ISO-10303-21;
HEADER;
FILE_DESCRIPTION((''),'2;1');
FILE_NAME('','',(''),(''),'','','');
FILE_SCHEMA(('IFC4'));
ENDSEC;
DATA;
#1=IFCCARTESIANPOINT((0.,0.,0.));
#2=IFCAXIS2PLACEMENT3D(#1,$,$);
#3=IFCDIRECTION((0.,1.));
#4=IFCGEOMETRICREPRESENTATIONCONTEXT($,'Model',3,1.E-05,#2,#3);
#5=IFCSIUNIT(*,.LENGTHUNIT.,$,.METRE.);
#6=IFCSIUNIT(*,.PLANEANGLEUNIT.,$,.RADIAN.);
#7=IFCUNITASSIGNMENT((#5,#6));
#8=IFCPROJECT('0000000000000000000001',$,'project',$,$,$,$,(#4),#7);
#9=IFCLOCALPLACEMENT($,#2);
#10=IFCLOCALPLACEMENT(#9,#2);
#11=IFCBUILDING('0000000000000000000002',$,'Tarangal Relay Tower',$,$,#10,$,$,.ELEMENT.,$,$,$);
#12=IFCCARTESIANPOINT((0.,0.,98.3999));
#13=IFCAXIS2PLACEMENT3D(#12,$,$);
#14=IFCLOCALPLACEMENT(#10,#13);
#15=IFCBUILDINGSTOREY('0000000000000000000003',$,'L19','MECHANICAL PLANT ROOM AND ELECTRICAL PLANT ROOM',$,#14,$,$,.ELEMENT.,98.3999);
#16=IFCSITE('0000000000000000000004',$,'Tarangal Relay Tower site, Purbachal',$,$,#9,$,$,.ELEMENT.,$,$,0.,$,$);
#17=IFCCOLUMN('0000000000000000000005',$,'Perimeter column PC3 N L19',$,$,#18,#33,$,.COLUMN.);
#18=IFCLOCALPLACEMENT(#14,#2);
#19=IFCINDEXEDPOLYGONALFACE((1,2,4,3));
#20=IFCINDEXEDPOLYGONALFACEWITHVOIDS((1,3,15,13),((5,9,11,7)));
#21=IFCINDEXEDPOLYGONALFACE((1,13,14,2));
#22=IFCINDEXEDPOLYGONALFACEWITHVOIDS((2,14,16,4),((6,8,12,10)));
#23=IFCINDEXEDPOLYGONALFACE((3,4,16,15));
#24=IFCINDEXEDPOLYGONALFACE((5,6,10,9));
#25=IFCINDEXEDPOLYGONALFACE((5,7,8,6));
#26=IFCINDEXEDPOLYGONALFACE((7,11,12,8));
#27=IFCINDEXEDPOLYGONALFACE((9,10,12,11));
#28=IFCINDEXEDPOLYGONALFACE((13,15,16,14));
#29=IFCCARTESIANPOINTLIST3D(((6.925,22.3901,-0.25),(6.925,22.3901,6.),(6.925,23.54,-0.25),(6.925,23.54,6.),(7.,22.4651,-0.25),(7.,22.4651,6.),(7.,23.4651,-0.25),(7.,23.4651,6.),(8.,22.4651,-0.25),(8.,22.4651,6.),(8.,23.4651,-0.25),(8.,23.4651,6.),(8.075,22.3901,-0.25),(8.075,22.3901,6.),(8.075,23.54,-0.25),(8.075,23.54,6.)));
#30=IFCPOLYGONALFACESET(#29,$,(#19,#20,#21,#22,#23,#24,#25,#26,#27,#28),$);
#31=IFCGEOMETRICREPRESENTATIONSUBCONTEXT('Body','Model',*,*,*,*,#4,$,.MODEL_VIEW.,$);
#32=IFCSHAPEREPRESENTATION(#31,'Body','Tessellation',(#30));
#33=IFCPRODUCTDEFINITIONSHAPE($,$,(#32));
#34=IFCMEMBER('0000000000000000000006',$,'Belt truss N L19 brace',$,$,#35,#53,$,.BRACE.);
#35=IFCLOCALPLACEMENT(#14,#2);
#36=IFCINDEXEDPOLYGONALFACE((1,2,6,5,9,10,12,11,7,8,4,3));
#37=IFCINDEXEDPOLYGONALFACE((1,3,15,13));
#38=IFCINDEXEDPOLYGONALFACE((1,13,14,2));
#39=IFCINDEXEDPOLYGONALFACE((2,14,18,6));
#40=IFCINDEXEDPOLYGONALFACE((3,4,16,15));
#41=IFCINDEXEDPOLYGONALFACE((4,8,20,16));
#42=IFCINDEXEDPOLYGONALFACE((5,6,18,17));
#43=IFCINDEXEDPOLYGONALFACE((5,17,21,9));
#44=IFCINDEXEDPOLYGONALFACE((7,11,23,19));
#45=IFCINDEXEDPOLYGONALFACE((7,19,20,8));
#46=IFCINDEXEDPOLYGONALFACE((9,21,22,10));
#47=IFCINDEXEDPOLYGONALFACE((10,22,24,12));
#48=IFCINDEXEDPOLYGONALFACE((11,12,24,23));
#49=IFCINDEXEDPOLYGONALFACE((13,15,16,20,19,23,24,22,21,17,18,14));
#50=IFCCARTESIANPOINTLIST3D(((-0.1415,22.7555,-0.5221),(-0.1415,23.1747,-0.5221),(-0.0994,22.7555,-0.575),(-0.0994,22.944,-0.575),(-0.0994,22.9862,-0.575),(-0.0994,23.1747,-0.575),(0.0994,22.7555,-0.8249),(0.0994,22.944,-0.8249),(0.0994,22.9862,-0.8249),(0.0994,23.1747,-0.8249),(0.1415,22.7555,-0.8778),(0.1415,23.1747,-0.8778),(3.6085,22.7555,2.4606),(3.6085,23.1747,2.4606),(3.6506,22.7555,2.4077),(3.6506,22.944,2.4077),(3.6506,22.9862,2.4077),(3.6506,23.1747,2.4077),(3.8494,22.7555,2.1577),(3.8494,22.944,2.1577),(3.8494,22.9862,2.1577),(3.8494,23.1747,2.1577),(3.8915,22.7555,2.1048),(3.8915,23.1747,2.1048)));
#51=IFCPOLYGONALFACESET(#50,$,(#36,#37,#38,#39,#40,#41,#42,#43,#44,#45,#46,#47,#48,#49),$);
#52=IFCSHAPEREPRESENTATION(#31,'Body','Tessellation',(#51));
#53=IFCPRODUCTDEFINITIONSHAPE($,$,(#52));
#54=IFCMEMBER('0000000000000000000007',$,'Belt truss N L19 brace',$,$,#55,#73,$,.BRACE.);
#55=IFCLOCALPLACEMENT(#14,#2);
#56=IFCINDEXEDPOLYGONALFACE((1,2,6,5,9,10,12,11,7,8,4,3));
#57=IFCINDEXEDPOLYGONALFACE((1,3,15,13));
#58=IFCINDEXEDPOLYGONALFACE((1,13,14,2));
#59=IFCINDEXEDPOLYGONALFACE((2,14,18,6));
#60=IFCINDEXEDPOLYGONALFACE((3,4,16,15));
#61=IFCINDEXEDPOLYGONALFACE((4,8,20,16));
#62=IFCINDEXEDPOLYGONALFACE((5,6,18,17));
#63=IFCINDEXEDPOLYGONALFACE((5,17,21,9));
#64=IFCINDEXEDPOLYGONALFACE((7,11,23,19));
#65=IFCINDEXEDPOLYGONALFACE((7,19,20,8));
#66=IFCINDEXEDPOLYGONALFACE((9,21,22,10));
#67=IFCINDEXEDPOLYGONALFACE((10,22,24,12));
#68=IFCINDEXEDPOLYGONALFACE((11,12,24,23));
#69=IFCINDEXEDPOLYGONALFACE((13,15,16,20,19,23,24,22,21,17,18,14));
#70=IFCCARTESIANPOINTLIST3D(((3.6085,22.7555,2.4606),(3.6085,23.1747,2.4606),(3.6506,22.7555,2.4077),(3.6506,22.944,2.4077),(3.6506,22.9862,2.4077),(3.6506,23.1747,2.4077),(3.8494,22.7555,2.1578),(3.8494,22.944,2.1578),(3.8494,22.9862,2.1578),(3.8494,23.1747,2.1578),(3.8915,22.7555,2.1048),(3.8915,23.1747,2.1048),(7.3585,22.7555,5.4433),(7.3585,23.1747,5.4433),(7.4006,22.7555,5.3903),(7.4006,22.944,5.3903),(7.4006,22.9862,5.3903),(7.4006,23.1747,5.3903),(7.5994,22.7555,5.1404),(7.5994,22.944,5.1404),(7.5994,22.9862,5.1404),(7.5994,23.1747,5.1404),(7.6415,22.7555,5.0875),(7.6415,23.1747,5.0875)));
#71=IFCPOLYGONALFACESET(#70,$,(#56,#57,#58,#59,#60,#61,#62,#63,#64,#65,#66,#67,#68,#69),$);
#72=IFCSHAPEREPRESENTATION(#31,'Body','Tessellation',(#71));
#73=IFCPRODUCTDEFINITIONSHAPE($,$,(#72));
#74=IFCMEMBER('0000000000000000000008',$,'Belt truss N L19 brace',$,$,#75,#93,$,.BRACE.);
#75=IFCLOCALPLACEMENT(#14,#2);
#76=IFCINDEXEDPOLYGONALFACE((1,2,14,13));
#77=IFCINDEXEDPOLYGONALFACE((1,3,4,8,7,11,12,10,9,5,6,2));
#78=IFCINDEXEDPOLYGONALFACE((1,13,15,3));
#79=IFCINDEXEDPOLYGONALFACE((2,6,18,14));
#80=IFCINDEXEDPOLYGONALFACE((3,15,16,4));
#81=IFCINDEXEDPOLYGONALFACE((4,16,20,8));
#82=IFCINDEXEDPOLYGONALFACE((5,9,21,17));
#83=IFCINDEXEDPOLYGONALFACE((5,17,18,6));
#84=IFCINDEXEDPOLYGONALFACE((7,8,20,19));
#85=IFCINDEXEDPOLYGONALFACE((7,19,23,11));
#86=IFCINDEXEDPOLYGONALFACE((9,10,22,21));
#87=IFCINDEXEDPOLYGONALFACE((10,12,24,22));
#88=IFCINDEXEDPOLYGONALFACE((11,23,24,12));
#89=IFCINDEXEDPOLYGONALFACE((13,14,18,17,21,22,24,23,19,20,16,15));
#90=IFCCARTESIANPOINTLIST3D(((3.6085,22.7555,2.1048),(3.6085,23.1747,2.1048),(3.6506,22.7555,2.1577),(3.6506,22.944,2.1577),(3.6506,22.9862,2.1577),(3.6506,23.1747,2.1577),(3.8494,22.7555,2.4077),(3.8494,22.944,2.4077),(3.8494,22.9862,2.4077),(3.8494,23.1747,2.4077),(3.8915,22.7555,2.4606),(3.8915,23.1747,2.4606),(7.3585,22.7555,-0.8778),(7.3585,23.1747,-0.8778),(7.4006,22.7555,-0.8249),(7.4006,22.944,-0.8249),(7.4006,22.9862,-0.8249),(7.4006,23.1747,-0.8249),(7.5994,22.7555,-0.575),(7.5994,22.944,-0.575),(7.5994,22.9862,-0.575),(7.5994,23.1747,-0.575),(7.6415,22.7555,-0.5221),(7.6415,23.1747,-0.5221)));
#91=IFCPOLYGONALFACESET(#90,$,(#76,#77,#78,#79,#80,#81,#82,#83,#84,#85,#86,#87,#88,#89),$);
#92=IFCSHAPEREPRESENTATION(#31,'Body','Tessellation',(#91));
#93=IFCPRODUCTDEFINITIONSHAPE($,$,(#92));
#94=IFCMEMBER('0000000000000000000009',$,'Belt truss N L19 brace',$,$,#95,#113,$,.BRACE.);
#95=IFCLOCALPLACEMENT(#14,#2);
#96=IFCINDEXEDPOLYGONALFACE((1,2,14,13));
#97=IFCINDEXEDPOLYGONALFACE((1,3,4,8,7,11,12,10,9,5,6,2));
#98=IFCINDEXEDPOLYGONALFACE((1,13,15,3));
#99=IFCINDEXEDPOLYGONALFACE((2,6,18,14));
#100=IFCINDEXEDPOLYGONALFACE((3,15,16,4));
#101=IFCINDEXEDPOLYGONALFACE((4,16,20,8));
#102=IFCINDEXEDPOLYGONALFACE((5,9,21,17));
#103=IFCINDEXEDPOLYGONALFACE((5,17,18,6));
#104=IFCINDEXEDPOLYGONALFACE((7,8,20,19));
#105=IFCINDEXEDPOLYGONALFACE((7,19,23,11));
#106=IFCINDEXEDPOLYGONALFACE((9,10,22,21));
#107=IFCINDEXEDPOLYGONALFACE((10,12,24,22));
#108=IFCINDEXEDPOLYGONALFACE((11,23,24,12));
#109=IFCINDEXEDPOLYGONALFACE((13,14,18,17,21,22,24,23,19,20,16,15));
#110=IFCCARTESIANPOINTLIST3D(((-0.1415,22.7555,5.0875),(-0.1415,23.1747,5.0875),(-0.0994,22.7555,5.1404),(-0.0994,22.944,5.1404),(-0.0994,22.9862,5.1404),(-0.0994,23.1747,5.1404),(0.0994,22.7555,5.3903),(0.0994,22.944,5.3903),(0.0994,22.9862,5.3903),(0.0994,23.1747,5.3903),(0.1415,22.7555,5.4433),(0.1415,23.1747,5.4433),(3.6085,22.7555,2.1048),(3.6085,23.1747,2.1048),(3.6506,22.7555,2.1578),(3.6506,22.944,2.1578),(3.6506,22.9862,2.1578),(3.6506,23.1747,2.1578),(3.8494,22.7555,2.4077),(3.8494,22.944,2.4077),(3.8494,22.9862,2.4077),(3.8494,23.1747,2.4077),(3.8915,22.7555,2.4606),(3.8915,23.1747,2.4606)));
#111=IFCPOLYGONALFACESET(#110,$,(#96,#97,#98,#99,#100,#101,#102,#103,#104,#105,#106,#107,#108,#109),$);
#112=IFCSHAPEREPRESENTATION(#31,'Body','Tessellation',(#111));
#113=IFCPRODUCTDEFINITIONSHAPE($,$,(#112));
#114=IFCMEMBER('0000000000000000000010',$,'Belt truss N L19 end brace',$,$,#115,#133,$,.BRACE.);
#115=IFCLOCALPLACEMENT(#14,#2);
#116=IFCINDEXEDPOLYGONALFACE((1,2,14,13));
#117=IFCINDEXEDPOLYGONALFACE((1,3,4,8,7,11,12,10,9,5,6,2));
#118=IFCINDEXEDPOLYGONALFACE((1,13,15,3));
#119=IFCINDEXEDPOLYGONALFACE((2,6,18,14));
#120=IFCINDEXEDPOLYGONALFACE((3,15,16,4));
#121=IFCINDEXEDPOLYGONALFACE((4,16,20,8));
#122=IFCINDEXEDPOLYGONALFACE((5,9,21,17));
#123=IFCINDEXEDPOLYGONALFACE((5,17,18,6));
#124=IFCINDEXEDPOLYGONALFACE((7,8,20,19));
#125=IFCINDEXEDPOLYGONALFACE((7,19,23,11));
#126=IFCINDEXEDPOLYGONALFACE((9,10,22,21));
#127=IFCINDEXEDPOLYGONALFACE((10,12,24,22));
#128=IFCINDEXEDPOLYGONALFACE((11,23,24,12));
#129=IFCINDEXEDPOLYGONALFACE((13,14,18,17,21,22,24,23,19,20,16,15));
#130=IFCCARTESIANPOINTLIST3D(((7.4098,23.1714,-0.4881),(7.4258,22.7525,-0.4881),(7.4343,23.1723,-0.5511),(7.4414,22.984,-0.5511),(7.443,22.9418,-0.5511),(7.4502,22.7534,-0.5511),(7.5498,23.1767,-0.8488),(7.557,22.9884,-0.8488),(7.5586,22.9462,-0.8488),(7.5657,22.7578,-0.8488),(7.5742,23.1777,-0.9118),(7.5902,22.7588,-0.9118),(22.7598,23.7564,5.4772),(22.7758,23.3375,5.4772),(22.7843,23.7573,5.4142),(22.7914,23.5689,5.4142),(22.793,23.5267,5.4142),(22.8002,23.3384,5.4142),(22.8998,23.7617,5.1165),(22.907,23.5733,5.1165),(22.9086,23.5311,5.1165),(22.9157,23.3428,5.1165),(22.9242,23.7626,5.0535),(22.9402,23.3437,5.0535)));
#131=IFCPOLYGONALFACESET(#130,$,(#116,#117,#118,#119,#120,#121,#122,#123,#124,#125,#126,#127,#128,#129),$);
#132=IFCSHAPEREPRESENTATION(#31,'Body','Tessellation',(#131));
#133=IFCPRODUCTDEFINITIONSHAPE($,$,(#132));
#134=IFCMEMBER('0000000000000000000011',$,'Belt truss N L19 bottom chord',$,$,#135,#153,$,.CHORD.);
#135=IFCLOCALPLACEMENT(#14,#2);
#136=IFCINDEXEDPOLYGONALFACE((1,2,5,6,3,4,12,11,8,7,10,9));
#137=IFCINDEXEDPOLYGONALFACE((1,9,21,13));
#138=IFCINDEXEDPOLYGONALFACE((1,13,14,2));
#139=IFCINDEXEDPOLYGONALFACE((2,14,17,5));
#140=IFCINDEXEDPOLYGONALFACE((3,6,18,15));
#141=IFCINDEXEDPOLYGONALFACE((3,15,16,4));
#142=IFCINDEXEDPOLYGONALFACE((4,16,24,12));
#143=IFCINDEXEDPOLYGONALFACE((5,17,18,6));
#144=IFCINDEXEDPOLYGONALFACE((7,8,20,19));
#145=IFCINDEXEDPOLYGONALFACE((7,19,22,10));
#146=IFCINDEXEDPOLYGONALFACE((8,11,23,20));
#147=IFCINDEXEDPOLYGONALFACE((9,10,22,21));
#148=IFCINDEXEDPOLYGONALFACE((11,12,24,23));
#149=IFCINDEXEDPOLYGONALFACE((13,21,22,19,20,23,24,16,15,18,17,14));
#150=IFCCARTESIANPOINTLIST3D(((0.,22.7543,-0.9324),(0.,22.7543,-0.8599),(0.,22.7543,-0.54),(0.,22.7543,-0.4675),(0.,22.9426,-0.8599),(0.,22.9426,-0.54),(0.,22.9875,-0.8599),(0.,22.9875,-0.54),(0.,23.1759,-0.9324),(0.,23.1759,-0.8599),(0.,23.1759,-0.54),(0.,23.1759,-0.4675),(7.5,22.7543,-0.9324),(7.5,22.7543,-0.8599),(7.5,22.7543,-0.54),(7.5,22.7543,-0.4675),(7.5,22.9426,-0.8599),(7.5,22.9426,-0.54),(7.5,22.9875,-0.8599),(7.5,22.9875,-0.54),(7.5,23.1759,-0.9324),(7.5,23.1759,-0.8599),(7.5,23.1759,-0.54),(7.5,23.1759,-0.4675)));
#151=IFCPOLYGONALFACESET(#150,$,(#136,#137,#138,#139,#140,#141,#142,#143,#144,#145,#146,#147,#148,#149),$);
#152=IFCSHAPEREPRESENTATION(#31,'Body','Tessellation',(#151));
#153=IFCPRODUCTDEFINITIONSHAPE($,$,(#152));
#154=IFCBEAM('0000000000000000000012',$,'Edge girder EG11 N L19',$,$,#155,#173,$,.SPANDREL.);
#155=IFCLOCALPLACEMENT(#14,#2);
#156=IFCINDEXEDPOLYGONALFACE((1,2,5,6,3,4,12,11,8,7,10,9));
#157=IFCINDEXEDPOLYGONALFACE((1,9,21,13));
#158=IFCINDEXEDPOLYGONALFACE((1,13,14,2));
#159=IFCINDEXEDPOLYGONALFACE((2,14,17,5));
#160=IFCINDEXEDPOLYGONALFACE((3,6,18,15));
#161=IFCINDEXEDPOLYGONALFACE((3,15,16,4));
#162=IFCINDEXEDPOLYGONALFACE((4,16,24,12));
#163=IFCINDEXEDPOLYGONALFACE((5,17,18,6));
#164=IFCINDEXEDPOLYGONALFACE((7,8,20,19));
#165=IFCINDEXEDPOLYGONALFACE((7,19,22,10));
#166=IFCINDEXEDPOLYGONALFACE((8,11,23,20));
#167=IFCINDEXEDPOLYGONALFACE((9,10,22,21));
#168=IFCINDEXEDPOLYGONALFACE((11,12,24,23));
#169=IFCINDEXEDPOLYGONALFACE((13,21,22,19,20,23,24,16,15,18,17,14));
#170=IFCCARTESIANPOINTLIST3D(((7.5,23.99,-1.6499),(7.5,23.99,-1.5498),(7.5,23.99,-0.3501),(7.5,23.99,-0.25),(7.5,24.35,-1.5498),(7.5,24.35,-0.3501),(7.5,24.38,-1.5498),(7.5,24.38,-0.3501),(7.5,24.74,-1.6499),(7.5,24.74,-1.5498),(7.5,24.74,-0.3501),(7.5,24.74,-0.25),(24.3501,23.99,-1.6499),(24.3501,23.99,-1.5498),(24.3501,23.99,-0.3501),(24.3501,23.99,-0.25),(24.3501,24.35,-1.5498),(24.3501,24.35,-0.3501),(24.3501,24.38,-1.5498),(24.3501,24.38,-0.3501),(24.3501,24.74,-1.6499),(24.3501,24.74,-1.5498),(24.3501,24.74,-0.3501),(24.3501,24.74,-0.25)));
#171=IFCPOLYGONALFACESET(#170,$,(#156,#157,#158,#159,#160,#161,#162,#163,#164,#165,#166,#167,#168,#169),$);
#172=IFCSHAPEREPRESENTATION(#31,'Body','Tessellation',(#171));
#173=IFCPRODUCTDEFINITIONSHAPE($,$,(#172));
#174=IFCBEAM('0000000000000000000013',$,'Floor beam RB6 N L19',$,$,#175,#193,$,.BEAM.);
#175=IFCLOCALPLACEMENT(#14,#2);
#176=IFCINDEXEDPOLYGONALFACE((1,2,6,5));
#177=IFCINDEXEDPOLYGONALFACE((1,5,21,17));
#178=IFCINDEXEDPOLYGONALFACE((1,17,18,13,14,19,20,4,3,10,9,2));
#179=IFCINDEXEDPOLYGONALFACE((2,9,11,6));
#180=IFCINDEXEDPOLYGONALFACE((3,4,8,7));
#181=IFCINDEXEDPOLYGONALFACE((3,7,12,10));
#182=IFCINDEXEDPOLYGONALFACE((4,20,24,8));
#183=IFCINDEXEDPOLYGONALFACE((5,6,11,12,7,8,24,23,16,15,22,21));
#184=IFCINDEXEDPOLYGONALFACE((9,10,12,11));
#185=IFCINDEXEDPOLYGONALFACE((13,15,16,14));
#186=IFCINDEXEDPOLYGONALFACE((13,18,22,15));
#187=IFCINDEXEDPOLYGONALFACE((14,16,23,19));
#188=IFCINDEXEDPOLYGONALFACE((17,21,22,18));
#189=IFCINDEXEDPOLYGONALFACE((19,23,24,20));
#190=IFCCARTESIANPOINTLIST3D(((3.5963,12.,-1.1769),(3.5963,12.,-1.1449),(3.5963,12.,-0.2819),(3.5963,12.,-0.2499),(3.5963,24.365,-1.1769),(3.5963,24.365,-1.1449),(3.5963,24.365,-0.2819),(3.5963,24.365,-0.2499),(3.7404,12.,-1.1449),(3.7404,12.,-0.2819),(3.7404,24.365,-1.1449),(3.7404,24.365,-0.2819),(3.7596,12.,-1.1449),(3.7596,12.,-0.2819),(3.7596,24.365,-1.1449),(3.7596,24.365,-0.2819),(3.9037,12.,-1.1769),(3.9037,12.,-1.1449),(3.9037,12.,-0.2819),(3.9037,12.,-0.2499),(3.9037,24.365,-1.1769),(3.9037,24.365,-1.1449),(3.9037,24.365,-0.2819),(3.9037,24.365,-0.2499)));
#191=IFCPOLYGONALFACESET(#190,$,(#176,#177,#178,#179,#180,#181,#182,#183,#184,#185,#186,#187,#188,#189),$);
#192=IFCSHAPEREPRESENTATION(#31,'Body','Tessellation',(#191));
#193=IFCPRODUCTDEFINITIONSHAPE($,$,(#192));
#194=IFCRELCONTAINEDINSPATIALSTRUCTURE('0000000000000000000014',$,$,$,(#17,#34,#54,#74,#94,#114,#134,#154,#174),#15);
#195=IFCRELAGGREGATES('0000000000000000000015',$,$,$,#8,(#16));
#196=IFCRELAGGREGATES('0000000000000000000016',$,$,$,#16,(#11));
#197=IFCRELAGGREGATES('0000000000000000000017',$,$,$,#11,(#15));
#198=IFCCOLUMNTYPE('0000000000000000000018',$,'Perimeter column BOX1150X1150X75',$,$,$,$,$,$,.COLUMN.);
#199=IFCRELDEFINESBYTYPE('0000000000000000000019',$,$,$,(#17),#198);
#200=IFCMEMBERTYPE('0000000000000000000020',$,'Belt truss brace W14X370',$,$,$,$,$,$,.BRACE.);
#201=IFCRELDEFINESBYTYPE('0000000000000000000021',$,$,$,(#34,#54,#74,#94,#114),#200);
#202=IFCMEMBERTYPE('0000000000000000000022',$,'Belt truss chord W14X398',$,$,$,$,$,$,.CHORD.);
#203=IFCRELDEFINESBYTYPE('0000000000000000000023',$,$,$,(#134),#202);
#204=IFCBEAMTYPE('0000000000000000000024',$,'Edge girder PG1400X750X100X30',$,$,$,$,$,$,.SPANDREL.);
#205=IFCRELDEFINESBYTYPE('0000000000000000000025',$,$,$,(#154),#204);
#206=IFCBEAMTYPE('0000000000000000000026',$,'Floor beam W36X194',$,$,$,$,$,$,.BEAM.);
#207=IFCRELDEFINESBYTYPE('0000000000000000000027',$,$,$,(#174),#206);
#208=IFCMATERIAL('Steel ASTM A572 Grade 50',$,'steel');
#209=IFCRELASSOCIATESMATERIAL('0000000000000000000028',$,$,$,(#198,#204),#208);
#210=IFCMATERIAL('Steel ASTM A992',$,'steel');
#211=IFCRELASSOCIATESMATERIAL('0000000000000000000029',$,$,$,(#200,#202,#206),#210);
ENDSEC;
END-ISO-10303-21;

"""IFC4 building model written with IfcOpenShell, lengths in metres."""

from ifc_helpers import new_model, si_unit, direction, frame, origin, origin_2d, place, context, subcontext, project, spatial, hollow_rectangle, i_section, extrude, material, material_profile, profile_set, type_object, element, save


model = new_model("IFC4")

# Units and contexts
model_context = context("Model", 3, precision=1e-05, world=origin(), true_north=direction((0.0, 1.0)))
body_context = subcontext(model_context, "Body", "Model", "MODEL_VIEW")
ifc_project = project(units=[si_unit("LENGTHUNIT", "METRE"), si_unit("PLANEANGLEUNIT", "RADIAN")], contexts=[model_context])

# Site, building, storey
site_placement = place(None, origin())
site = spatial("IfcSite", under=ifc_project, at=site_placement, Name="Tarangal Relay Tower site, Purbachal", CompositionType="ELEMENT", RefElevation=0.0)
building_placement = place(site_placement, origin())
building = spatial("IfcBuilding", under=site, at=building_placement, Name="Tarangal Relay Tower", CompositionType="ELEMENT")
storey_placement = place(building_placement, frame((0.0, 0.0, 98.3999)))
storey = spatial("IfcBuildingStorey", under=building, at=storey_placement, Name="L19", Description="MECHANICAL PLANT ROOM AND ELECTRICAL PLANT ROOM", CompositionType="ELEMENT", Elevation=98.3999)

# Column
ifc_material_1 = material(Name="Steel ASTM A572 Grade 50", Category="steel")
ifc_material_profile_1 = material_profile(ifc_material_1, hollow_rectangle(XDim=1.1499, YDim=1.1499, WallThickness=0.075, at=origin_2d()), Name="BOX1150X1150X75")
ifc_profile_set_1 = profile_set([ifc_material_profile_1], Name="Steel ASTM A572 Grade 50")
column_type = type_object("IfcColumnType", Name="Perimeter column BOX1150X1150X75", PredefinedType="COLUMN", material=ifc_profile_set_1)
column_placement = place(storey_placement, frame((7.5, 22.9651, -0.25), z_axis=(0.0, 0.0, 1.0), x_axis=(1.0, 0.0, 0.0)))
element("IfcColumn", 1, at=column_placement, inside=storey, type_object=column_type, Name="Perimeter column PC3 N L19", PredefinedType="COLUMN", context=body_context, shape_type="SweptSolid", body=[
    extrude(hollow_rectangle(XDim=1.1499, YDim=1.1499, WallThickness=0.075, at=origin_2d()), origin(), (0.0, 0.0, 1.0), 6.25),
])

# Members
ifc_material_2 = material(Name="Steel ASTM A992", Category="steel")
ifc_material_profile_2 = material_profile(ifc_material_2, i_section(OverallWidth=0.4192, OverallDepth=0.4546, WebThickness=0.0422, FlangeThickness=0.0676, at=origin_2d()), Name="W14X370")
ifc_profile_set_2 = profile_set([ifc_material_profile_2], Name="Steel ASTM A992")
member_type_1 = type_object("IfcMemberType", Name="Belt truss brace W14X370", PredefinedType="BRACE", material=ifc_profile_set_2)
for number, where, z_axis, x_axis, name in (
    (2, (0.0, 22.9651, -0.7), (0.78263, 0.0, 0.622487), (0.0, 1.0, 0.0), "Belt truss N L19 brace"),
    (3, (3.75, 22.9651, 2.2827), (0.78263, 0.0, 0.622487), (0.0, 1.0, 0.0), "Belt truss N L19 brace"),
    (4, (7.5, 22.9651, -0.7), (-0.78263, 0.0, 0.622487), (0.0, -1.0, 0.0), "Belt truss N L19 brace"),
    (5, (3.75, 22.9651, 2.2827), (-0.78263, 0.0, 0.622487), (0.0, -1.0, 0.0), "Belt truss N L19 brace"),
):
    element("IfcMember", number, at=place(storey_placement, frame(where, z_axis=z_axis, x_axis=x_axis)), inside=storey, type_object=member_type_1, Name=name, PredefinedType="BRACE", context=body_context, shape_type="SweptSolid", body=[
        extrude(i_section(OverallWidth=0.4192, OverallDepth=0.4546, WebThickness=0.0422, FlangeThickness=0.0676, at=origin_2d()), origin(), (0.0, 0.0, 1.0), 4.7915),
    ])
member_1_placement = place(storey_placement, frame((7.5, 22.9651, -0.7), z_axis=(0.931502, 0.035498, 0.361999), x_axis=(-0.03808, 0.999275, 0.0)))
element("IfcMember", 6, at=member_1_placement, inside=storey, type_object=member_type_1, Name="Belt truss N L19 end brace", PredefinedType="BRACE", context=body_context, shape_type="SweptSolid", body=[
    extrude(i_section(OverallWidth=0.4192, OverallDepth=0.4546, WebThickness=0.0422, FlangeThickness=0.0676, at=origin_2d()), origin(), (0.0, 0.0, 1.0), 16.4788),
])
ifc_material_profile_3 = material_profile(ifc_material_2, i_section(OverallWidth=0.4216, OverallDepth=0.4648, WebThickness=0.0449, FlangeThickness=0.0725, at=origin_2d()), Name="W14X398")
ifc_profile_set_3 = profile_set([ifc_material_profile_3], Name="Steel ASTM A992")
member_type_2 = type_object("IfcMemberType", Name="Belt truss chord W14X398", PredefinedType="CHORD", material=ifc_profile_set_3)
member_2_placement = place(storey_placement, frame((0.0, 22.9651, -0.7), z_axis=(1.0, 0.0, 0.0), x_axis=(0.0, 1.0, 0.0)))
element("IfcMember", 7, at=member_2_placement, inside=storey, type_object=member_type_2, Name="Belt truss N L19 bottom chord", PredefinedType="CHORD", context=body_context, shape_type="SweptSolid", body=[
    extrude(i_section(OverallWidth=0.4216, OverallDepth=0.4648, WebThickness=0.0449, FlangeThickness=0.0725, at=origin_2d()), origin(), (0.0, 0.0, 1.0), 7.5),
])

# Beams
ifc_material_profile_4 = material_profile(ifc_material_1, i_section(OverallWidth=0.75, OverallDepth=1.3999, WebThickness=0.03, FlangeThickness=0.1001, at=origin_2d()), Name="PG1400X750X100X30")
ifc_profile_set_4 = profile_set([ifc_material_profile_4], Name="Steel ASTM A572 Grade 50")
beam_type_1 = type_object("IfcBeamType", Name="Edge girder PG1400X750X100X30", PredefinedType="SPANDREL", material=ifc_profile_set_4)
beam_placement = place(storey_placement, frame((7.5, 24.365, -0.95), z_axis=(1.0, 0.0, 0.0), x_axis=(0.0, 1.0, 0.0)))
element("IfcBeam", 8, at=beam_placement, inside=storey, type_object=beam_type_1, Name="Edge girder EG11 N L19", PredefinedType="SPANDREL", context=body_context, shape_type="SweptSolid", body=[
    extrude(i_section(OverallWidth=0.75, OverallDepth=1.3999, WebThickness=0.03, FlangeThickness=0.1001, at=origin_2d()), origin(), (0.0, 0.0, 1.0), 16.8501),
])
ifc_material_profile_5 = material_profile(ifc_material_2, i_section(OverallWidth=0.3074, OverallDepth=0.927, WebThickness=0.0193, FlangeThickness=0.032, at=origin_2d()), Name="W36X194")
ifc_profile_set_5 = profile_set([ifc_material_profile_5], Name="Steel ASTM A992")
beam_type_2 = type_object("IfcBeamType", Name="Floor beam W36X194", PredefinedType="BEAM", material=ifc_profile_set_5)
for number, where, z_axis, x_axis, name in (
    (9, (3.75, 12.0, -0.7134), (0.0, 1.0, 0.0), (-1.0, 0.0, 0.0), "Floor beam RB6 N L19"),
):
    element("IfcBeam", number, at=place(storey_placement, frame(where, z_axis=z_axis, x_axis=x_axis)), inside=storey, type_object=beam_type_2, Name=name, PredefinedType="BEAM", context=body_context, shape_type="SweptSolid", body=[
        extrude(i_section(OverallWidth=0.3074, OverallDepth=0.927, WebThickness=0.0193, FlangeThickness=0.032, at=origin_2d()), origin(), (0.0, 0.0, 1.0), 12.365),
    ])

save(model, "model.ifc")
